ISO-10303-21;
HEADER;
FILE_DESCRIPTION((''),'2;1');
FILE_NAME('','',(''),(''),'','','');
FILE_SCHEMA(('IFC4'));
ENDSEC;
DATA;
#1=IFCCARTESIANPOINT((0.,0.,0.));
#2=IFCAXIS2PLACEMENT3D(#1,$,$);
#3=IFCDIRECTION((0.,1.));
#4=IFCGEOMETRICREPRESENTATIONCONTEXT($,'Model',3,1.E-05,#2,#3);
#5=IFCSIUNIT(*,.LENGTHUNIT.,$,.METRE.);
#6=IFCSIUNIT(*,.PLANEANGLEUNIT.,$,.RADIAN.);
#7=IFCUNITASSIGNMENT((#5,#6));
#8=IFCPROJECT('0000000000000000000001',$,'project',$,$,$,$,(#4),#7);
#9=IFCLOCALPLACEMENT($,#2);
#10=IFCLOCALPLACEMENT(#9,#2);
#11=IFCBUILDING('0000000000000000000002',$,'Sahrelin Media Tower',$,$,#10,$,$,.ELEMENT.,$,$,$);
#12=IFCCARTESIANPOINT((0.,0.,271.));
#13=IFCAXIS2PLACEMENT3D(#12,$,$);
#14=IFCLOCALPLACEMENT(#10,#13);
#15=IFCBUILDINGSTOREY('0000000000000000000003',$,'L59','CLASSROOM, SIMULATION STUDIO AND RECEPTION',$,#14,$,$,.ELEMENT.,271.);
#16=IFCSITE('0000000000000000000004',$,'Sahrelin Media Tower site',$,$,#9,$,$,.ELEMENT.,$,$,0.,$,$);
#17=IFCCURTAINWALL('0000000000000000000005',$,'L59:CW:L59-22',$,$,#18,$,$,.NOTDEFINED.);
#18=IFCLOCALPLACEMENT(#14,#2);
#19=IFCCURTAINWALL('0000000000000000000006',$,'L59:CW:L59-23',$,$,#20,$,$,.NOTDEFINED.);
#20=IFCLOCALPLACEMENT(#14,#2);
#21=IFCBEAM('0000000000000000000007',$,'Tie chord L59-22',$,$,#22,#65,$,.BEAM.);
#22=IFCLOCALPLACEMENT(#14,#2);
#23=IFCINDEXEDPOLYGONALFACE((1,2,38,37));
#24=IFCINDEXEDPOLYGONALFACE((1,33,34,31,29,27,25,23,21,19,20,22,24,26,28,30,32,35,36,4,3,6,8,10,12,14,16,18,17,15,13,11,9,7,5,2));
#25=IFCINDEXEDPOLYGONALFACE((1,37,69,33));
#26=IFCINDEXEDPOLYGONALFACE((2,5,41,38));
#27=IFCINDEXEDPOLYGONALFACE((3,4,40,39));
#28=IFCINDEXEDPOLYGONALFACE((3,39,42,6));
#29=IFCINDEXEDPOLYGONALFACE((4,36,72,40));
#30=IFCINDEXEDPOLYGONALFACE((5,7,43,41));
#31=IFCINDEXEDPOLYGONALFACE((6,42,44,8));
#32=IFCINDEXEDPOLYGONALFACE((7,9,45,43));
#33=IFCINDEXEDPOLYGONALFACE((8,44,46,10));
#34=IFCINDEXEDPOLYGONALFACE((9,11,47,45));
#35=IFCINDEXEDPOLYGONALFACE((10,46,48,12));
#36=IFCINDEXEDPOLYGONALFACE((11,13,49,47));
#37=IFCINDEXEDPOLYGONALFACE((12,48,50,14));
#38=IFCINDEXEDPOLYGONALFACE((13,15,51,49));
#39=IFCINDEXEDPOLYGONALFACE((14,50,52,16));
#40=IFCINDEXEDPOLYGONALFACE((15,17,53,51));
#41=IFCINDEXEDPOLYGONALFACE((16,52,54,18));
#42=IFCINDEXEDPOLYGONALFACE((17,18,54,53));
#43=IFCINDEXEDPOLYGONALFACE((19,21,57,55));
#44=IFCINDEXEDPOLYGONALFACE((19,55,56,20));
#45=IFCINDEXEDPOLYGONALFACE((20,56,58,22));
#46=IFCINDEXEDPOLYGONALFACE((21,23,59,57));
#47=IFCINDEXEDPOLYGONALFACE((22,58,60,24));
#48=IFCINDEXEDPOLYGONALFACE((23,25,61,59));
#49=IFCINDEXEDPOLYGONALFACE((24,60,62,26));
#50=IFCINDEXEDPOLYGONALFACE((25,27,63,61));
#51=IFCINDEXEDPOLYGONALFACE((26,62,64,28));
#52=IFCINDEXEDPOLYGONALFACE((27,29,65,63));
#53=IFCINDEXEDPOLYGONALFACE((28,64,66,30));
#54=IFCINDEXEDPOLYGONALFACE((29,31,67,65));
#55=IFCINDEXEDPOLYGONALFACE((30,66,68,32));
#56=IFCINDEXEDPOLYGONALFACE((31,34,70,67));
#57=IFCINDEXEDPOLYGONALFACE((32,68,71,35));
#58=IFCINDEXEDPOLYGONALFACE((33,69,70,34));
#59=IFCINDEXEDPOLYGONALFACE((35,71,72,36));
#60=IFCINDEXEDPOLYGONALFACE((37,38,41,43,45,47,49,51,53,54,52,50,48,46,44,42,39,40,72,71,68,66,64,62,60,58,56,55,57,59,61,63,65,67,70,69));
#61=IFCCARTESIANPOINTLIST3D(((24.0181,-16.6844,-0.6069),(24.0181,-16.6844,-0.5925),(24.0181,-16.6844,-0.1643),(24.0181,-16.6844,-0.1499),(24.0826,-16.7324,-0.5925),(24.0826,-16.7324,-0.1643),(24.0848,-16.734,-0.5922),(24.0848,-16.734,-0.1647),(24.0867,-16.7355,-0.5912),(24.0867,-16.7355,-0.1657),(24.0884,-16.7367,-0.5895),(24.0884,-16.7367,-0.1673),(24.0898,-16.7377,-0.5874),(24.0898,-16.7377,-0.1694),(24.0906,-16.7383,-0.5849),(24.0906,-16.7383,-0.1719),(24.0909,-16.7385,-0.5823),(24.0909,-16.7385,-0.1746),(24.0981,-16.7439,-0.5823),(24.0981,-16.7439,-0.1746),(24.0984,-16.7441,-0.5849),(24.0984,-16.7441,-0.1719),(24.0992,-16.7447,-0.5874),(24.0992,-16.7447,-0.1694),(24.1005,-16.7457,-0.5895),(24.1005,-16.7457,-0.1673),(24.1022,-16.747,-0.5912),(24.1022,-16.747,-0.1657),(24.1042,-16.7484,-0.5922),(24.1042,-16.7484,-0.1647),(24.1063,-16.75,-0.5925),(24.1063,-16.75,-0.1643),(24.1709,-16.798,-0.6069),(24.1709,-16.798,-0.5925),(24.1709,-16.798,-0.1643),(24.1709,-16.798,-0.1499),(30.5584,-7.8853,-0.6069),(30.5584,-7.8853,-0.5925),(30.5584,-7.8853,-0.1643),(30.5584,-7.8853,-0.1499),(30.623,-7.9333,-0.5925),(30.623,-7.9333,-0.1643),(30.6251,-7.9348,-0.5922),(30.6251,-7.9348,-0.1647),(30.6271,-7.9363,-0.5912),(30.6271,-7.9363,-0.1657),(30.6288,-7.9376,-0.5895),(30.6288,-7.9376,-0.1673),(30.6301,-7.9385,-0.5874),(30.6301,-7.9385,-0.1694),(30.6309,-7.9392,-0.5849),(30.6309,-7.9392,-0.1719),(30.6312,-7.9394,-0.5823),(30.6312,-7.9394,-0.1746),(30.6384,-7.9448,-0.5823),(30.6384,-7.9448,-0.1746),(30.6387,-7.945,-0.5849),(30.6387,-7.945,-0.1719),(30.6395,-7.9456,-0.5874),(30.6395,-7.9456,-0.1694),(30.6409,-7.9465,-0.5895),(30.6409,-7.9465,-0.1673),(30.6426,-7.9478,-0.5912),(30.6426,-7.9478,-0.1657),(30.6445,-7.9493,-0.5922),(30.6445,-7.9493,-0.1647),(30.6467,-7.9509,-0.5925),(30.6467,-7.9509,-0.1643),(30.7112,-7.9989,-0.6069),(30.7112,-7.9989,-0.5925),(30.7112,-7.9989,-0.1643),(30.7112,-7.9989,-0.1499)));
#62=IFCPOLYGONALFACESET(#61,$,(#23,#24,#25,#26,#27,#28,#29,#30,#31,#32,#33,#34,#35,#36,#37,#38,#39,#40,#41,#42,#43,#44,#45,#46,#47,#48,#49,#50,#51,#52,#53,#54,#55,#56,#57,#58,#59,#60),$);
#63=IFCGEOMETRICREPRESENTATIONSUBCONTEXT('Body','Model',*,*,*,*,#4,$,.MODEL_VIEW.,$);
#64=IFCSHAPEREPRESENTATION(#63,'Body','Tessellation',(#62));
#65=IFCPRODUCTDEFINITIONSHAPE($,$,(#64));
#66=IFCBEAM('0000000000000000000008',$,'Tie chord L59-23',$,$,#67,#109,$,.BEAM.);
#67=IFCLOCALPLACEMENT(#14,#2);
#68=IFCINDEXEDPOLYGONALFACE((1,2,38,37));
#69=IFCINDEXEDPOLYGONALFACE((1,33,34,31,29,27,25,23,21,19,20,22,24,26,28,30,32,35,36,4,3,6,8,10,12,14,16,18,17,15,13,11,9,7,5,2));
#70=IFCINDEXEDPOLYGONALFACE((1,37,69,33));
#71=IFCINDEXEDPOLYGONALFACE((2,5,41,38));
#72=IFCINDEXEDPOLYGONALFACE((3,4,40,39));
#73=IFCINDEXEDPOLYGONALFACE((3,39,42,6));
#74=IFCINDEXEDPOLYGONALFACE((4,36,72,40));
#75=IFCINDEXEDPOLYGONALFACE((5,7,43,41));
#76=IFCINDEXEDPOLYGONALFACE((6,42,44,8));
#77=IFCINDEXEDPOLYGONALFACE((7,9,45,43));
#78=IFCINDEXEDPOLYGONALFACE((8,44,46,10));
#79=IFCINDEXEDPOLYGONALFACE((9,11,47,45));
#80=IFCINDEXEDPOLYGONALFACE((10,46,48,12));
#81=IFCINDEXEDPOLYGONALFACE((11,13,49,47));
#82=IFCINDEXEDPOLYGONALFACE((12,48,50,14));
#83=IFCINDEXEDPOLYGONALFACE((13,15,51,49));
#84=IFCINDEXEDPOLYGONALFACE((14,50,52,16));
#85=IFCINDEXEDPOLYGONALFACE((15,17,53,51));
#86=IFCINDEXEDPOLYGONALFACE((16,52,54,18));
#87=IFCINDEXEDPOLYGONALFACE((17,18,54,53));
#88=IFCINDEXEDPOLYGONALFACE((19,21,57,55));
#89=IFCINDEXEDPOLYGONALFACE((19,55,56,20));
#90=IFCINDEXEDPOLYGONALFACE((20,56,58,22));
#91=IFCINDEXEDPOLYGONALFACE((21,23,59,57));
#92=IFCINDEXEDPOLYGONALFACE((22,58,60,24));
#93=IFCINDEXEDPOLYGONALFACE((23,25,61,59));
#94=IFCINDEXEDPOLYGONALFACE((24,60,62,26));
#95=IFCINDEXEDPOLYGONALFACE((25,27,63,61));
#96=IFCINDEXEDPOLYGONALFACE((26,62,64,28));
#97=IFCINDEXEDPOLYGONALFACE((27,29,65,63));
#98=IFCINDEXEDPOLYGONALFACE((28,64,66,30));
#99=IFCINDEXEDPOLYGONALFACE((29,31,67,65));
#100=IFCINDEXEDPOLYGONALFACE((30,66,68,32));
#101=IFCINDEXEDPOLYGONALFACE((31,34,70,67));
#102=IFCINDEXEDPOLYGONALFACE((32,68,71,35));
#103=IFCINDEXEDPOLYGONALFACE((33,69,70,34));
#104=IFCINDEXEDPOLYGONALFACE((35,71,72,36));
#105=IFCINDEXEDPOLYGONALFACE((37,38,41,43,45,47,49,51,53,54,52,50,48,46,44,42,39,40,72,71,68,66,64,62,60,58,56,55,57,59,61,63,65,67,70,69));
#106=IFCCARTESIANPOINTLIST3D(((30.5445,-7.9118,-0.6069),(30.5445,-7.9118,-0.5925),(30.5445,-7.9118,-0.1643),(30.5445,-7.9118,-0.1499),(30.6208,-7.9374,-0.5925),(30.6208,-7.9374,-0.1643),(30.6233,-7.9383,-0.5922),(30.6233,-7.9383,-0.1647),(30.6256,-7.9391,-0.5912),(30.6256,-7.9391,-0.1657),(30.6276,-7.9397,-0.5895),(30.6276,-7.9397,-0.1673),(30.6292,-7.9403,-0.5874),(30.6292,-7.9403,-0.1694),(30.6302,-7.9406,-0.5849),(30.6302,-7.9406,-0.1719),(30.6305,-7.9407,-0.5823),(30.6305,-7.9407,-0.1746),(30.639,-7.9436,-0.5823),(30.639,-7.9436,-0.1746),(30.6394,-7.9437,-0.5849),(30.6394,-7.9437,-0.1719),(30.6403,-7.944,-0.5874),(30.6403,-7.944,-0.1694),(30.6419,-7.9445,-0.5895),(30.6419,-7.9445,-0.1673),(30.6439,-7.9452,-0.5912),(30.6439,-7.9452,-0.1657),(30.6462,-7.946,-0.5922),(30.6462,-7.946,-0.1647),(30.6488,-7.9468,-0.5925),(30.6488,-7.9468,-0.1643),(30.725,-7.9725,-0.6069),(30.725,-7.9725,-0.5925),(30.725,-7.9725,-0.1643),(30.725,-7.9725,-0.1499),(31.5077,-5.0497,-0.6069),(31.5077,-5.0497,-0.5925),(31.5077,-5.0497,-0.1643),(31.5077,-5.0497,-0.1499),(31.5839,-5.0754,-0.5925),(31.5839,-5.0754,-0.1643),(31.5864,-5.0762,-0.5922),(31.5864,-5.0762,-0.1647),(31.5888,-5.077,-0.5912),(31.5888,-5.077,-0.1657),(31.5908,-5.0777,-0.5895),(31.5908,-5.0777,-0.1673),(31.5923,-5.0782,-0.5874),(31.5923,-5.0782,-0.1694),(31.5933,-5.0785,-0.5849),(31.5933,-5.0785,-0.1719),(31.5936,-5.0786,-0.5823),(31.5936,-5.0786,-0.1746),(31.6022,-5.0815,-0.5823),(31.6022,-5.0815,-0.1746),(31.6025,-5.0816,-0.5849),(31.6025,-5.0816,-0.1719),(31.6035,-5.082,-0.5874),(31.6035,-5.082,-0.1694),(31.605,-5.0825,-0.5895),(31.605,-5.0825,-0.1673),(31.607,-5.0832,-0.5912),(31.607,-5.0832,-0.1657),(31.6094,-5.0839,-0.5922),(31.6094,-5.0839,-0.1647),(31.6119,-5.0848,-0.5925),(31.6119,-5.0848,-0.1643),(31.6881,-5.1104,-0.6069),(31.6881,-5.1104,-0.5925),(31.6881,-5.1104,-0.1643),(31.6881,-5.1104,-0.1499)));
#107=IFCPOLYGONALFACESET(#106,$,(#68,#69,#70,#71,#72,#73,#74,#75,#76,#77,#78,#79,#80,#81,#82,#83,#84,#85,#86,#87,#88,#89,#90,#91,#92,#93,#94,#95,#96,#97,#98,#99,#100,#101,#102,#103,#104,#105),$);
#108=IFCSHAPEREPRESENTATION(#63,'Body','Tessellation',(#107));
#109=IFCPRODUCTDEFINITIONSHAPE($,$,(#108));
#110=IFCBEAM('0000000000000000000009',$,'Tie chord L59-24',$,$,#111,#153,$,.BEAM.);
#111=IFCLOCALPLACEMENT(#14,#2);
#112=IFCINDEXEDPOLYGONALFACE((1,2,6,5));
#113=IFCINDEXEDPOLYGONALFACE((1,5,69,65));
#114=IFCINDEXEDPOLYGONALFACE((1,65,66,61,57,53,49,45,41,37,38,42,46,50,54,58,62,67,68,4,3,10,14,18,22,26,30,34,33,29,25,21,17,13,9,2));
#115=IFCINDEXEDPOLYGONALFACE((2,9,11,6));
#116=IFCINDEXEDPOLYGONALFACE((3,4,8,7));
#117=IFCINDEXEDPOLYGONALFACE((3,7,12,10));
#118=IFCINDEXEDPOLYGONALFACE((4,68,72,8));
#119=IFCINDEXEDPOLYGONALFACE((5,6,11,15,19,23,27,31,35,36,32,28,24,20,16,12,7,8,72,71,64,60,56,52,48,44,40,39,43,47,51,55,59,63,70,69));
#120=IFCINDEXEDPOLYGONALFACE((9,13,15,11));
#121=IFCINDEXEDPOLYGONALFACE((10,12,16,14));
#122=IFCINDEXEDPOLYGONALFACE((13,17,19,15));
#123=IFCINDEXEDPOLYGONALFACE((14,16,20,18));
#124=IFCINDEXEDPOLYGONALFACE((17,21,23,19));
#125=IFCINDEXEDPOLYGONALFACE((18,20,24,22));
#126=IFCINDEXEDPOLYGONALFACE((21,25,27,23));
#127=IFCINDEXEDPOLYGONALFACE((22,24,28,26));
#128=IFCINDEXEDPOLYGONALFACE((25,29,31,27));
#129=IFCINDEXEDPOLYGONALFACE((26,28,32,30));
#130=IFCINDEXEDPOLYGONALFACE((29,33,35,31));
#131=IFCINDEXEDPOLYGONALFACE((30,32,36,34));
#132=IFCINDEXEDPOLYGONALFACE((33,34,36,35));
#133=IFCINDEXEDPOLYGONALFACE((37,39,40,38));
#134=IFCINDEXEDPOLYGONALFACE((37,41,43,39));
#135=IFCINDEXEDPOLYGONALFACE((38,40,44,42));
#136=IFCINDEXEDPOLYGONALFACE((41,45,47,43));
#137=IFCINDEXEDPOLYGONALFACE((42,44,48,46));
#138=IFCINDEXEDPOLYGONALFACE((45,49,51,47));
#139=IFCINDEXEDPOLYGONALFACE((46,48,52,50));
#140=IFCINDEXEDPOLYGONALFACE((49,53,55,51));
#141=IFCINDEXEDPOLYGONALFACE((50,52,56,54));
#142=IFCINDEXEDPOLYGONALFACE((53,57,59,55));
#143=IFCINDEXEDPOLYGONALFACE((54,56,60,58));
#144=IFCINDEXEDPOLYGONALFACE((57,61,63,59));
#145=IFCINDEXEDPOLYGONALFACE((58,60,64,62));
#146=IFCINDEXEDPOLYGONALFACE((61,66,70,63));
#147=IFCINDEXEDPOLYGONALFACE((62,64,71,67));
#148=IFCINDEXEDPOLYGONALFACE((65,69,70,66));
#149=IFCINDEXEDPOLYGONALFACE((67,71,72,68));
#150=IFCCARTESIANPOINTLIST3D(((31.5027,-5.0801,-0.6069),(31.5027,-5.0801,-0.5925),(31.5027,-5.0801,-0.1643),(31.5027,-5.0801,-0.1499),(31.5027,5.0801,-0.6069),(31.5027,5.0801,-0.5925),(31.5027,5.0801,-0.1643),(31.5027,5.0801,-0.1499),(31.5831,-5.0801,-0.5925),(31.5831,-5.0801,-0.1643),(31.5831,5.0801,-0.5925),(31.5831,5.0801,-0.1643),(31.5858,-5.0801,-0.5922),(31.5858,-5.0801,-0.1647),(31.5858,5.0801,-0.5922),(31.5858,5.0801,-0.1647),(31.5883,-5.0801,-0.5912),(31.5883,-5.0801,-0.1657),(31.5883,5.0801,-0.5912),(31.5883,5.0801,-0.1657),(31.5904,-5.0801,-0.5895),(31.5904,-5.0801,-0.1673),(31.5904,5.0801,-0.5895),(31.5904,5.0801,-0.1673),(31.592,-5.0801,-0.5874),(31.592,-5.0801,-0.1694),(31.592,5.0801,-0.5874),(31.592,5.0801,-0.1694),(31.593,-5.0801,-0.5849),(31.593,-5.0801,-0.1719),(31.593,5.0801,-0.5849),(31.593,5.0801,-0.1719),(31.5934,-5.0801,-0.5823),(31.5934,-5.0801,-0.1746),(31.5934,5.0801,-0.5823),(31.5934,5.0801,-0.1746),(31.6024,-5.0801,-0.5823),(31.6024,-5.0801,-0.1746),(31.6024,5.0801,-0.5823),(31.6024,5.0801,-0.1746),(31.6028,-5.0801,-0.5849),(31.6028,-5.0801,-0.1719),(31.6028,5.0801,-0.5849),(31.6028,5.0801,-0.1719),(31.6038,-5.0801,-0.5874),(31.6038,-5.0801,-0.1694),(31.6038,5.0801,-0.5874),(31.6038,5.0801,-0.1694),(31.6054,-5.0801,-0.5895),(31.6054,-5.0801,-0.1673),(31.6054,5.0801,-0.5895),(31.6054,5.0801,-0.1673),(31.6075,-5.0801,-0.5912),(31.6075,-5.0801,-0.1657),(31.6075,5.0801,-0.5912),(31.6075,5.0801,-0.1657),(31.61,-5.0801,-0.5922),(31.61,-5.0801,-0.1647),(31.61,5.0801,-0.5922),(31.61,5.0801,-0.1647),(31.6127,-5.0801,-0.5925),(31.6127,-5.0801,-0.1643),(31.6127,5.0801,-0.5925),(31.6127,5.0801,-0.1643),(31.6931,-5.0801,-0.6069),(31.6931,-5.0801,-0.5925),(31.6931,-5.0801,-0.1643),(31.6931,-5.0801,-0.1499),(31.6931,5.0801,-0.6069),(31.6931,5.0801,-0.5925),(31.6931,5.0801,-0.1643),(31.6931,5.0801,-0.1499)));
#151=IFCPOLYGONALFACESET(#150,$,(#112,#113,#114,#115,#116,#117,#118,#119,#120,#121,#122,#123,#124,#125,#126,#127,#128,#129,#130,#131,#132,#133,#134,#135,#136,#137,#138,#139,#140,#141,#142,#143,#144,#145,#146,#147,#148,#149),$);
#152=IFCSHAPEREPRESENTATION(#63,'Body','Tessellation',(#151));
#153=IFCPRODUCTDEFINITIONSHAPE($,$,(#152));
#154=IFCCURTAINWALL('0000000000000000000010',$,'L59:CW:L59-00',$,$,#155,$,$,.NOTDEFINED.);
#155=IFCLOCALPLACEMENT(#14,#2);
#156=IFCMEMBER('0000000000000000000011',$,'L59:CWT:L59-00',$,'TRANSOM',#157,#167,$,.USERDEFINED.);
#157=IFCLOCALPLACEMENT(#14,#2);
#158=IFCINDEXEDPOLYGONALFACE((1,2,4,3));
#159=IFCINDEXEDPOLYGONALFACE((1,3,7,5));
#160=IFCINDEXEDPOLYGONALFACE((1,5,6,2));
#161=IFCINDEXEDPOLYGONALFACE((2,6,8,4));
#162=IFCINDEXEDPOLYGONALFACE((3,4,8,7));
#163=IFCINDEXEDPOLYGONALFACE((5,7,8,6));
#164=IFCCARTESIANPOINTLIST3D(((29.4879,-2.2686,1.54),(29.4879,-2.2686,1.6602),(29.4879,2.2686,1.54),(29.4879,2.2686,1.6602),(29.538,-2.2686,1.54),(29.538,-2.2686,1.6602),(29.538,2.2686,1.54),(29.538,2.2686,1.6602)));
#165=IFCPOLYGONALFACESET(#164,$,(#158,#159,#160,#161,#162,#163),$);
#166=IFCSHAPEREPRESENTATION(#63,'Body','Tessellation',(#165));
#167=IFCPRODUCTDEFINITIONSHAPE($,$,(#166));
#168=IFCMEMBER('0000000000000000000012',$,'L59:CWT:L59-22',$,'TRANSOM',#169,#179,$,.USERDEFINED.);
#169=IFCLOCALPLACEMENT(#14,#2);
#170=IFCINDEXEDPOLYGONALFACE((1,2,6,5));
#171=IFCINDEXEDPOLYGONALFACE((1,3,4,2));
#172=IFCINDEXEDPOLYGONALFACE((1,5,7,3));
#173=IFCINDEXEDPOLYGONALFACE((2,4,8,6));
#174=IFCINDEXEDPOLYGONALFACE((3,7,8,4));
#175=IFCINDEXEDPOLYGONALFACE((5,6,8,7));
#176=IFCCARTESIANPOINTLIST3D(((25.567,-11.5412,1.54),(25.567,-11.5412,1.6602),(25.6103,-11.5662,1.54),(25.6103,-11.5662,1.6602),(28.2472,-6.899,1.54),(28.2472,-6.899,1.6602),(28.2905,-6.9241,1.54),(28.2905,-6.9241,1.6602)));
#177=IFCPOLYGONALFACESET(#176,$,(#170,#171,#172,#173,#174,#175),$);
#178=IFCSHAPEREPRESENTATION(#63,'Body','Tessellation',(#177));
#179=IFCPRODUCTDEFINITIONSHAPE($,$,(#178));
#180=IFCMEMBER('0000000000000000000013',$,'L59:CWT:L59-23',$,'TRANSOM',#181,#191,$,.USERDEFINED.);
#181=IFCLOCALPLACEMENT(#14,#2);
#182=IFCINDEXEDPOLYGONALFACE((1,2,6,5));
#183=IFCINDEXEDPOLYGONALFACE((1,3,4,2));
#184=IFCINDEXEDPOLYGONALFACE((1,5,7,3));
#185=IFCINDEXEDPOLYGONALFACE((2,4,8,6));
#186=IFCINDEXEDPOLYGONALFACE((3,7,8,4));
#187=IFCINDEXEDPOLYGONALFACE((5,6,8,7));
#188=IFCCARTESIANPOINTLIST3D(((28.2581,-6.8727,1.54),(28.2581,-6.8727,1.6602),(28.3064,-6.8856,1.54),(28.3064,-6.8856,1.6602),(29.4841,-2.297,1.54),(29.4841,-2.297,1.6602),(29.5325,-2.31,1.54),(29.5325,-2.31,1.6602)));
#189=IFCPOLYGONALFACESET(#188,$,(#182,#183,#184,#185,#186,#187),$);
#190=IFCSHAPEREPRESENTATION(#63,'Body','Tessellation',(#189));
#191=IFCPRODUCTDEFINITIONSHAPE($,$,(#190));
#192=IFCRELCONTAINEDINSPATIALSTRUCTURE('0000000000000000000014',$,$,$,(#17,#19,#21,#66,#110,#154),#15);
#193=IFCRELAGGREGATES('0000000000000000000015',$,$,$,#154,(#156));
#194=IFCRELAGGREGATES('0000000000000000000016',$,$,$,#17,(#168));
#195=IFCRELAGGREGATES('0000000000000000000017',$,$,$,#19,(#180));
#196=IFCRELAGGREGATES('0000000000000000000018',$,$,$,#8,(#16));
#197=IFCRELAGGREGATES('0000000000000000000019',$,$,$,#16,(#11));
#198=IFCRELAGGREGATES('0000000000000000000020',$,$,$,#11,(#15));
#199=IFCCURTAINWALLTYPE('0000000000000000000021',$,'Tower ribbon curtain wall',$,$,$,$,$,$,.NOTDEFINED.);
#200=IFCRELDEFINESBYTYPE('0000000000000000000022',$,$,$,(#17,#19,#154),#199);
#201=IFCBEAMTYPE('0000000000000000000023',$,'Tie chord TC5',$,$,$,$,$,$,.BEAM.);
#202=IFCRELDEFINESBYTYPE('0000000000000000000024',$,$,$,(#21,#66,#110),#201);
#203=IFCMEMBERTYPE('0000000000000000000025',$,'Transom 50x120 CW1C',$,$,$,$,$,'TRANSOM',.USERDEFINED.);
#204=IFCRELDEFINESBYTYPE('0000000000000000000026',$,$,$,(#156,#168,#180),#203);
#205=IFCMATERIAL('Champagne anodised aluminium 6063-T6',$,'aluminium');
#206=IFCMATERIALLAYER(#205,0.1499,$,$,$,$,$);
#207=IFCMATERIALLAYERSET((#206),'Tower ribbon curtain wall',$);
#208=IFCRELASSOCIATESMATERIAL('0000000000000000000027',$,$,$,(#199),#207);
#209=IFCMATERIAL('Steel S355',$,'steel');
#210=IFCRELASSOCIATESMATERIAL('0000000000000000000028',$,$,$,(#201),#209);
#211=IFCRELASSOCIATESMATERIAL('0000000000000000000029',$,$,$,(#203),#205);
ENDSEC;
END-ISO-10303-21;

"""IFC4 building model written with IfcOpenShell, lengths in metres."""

from ifc_helpers import new_model, si_unit, direction, frame, origin, origin_2d, place, context, subcontext, project, spatial, rectangle, i_section, extrude, material, layer, layer_set, material_profile, profile_set, type_object, element, aggregate, save


model = new_model("IFC4")

# Units and contexts
model_context = context("Model", 3, precision=1e-05, world=origin(), true_north=direction((0.0, 1.0)))
body_context = subcontext(model_context, "Body", "Model", "MODEL_VIEW")
ifc_project = project(units=[si_unit("LENGTHUNIT", "METRE"), si_unit("PLANEANGLEUNIT", "RADIAN")], contexts=[model_context])

# Site, building, storey
site_placement = place(None, origin())
site = spatial("IfcSite", under=ifc_project, at=site_placement, Name="Sahrelin Media Tower site", CompositionType="ELEMENT", RefElevation=0.0)
building_placement = place(site_placement, origin())
building = spatial("IfcBuilding", under=site, at=building_placement, Name="Sahrelin Media Tower", CompositionType="ELEMENT")
storey_placement = place(building_placement, frame((0.0, 0.0, 271.0)))
storey = spatial("IfcBuildingStorey", under=building, at=storey_placement, Name="L59", Description="CLASSROOM, SIMULATION STUDIO AND RECEPTION", CompositionType="ELEMENT", Elevation=271.0)

# Shared definitions
ifc_material_1 = material(Name="Steel S355", Category="steel")

# Curtain walls
ifc_material_2 = material(Name="Champagne anodised aluminium 6063-T6", Category="aluminium")
ifc_layer_1 = layer(ifc_material_2, 0.1499)
ifc_layer_set_1 = layer_set([ifc_layer_1], Name="Tower ribbon curtain wall")
curtain_wall_type = type_object("IfcCurtainWallType", Name="Tower ribbon curtain wall", PredefinedType="NOTDEFINED", material=ifc_layer_set_1)
curtain_wall_1_placement = place(storey_placement, frame((27.1411, -9.3552, 0.0), z_axis=(0.0, 0.0, 1.0), x_axis=(1.0, 0.0, 0.0)))
curtain_wall_1 = element("IfcCurtainWall", 1, at=curtain_wall_1_placement, inside=storey, type_object=curtain_wall_type, Name="L59:CW:L59-22", PredefinedType="NOTDEFINED")
curtain_wall_2_placement = place(storey_placement, frame((29.1321, -4.6548, 0.0), z_axis=(0.0, 0.0, 1.0), x_axis=(1.0, 0.0, 0.0)))
curtain_wall_2 = element("IfcCurtainWall", 2, at=curtain_wall_2_placement, inside=storey, type_object=curtain_wall_type, Name="L59:CW:L59-23", PredefinedType="NOTDEFINED")

# Beams
ifc_material_profile_1 = material_profile(ifc_material_1, i_section(OverallWidth=0.1904, OverallDepth=0.457, WebThickness=0.009, FlangeThickness=0.0144, FilletRadius=0.0103, at=origin_2d()), Name="UB 457x191x74")
ifc_profile_set_1 = profile_set([ifc_material_profile_1], Name="Steel S355")
beam_type_1 = type_object("IfcBeamType", Name="Tie chord TC5", PredefinedType="BEAM", material=ifc_profile_set_1)
beam_1_placement = place(storey_placement, frame((24.0945, -16.7412, -0.3784), z_axis=(0.596549, 0.802577, 0.0), x_axis=(-0.802577, 0.596549, 0.0)))
element("IfcBeam", 3, at=beam_1_placement, inside=storey, type_object=beam_type_1, Name="Tie chord L59-22", PredefinedType="BEAM", context=body_context, shape_type="SweptSolid", body=[
    extrude(i_section(OverallWidth=0.1904, OverallDepth=0.457, WebThickness=0.009, FlangeThickness=0.0144, FilletRadius=0.0103, at=origin_2d()), origin(), (0.0, 0.0, 1.0), 10.9636),
])
beam_2_placement = place(storey_placement, frame((30.6348, -7.9421, -0.3784), z_axis=(0.318943, 0.947774, 0.0), x_axis=(-0.947774, 0.318943, 0.0)))
element("IfcBeam", 4, at=beam_2_placement, inside=storey, type_object=beam_type_1, Name="Tie chord L59-23", PredefinedType="BEAM", context=body_context, shape_type="SweptSolid", body=[
    extrude(i_section(OverallWidth=0.1904, OverallDepth=0.457, WebThickness=0.009, FlangeThickness=0.0144, FilletRadius=0.0103, at=origin_2d()), origin(), (0.0, 0.0, 1.0), 3.0198),
])
beam_3_placement = place(storey_placement, frame((31.5979, -5.0801, -0.3784), z_axis=(0.0, 1.0, 0.0), x_axis=(-1.0, 0.0, 0.0)))
element("IfcBeam", 5, at=beam_3_placement, inside=storey, type_object=beam_type_1, Name="Tie chord L59-24", PredefinedType="BEAM", context=body_context, shape_type="SweptSolid", body=[
    extrude(i_section(OverallWidth=0.1904, OverallDepth=0.457, WebThickness=0.009, FlangeThickness=0.0144, FilletRadius=0.0103, at=origin_2d()), origin(), (0.0, 0.0, 1.0), 10.1602),
])

# Curtain wall, member
curtain_wall_3_placement = place(storey_placement, frame((29.7578, 0.0, 0.0), z_axis=(0.0, 0.0, 1.0), x_axis=(1.0, 0.0, 0.0)))
curtain_wall_3 = element("IfcCurtainWall", 6, at=curtain_wall_3_placement, inside=storey, type_object=curtain_wall_type, Name="L59:CW:L59-00", PredefinedType="NOTDEFINED")
ifc_material_profile_2 = material_profile(ifc_material_2, rectangle(XDim=0.05, YDim=0.1201, at=origin_2d()), Name="Transom 50x120")
ifc_profile_set_2 = profile_set([ifc_material_profile_2], Name="Champagne anodised aluminium 6063-T6")
member_type_1 = type_object("IfcMemberType", Name="Transom 50x120 CW1C", ElementType="TRANSOM", PredefinedType="USERDEFINED", material=ifc_profile_set_2)
member_1_placement = place(storey_placement, frame((29.5129, -2.2686, 1.6001), z_axis=(0.0, 1.0, 0.0), x_axis=(-1.0, 0.0, 0.0)))
member_1 = element("IfcMember", 7, at=member_1_placement, type_object=member_type_1, Name="L59:CWT:L59-00", ObjectType="TRANSOM", PredefinedType="USERDEFINED", context=body_context, shape_type="SweptSolid", body=[
    extrude(rectangle(XDim=0.05, YDim=0.1201, at=origin_2d()), origin(), (0.0, 0.0, 1.0), 4.5371),
])

# Members
member_2_placement = place(storey_placement, frame((25.5886, -11.5537, 1.6001), z_axis=(0.500009, 0.86602, 0.0), x_axis=(-0.86602, 0.500009, 0.0)))
member_2 = element("IfcMember", 8, at=member_2_placement, type_object=member_type_1, Name="L59:CWT:L59-22", ObjectType="TRANSOM", PredefinedType="USERDEFINED", context=body_context, shape_type="SweptSolid", body=[
    extrude(rectangle(XDim=0.05, YDim=0.1201, at=origin_2d()), origin(), (0.0, 0.0, 1.0), 5.3604),
])
member_3_placement = place(storey_placement, frame((28.2822, -6.8792, 1.6001), z_axis=(0.258824, 0.965925, 0.0), x_axis=(-0.965925, 0.258824, 0.0)))
member_3 = element("IfcMember", 9, at=member_3_placement, type_object=member_type_1, Name="L59:CWT:L59-23", ObjectType="TRANSOM", PredefinedType="USERDEFINED", context=body_context, shape_type="SweptSolid", body=[
    extrude(rectangle(XDim=0.05, YDim=0.1201, at=origin_2d()), origin(), (0.0, 0.0, 1.0), 4.7371),
])

aggregate(curtain_wall_3, [member_1])
aggregate(curtain_wall_1, [member_2])
aggregate(curtain_wall_2, [member_3])

save(model, "model.ifc")
